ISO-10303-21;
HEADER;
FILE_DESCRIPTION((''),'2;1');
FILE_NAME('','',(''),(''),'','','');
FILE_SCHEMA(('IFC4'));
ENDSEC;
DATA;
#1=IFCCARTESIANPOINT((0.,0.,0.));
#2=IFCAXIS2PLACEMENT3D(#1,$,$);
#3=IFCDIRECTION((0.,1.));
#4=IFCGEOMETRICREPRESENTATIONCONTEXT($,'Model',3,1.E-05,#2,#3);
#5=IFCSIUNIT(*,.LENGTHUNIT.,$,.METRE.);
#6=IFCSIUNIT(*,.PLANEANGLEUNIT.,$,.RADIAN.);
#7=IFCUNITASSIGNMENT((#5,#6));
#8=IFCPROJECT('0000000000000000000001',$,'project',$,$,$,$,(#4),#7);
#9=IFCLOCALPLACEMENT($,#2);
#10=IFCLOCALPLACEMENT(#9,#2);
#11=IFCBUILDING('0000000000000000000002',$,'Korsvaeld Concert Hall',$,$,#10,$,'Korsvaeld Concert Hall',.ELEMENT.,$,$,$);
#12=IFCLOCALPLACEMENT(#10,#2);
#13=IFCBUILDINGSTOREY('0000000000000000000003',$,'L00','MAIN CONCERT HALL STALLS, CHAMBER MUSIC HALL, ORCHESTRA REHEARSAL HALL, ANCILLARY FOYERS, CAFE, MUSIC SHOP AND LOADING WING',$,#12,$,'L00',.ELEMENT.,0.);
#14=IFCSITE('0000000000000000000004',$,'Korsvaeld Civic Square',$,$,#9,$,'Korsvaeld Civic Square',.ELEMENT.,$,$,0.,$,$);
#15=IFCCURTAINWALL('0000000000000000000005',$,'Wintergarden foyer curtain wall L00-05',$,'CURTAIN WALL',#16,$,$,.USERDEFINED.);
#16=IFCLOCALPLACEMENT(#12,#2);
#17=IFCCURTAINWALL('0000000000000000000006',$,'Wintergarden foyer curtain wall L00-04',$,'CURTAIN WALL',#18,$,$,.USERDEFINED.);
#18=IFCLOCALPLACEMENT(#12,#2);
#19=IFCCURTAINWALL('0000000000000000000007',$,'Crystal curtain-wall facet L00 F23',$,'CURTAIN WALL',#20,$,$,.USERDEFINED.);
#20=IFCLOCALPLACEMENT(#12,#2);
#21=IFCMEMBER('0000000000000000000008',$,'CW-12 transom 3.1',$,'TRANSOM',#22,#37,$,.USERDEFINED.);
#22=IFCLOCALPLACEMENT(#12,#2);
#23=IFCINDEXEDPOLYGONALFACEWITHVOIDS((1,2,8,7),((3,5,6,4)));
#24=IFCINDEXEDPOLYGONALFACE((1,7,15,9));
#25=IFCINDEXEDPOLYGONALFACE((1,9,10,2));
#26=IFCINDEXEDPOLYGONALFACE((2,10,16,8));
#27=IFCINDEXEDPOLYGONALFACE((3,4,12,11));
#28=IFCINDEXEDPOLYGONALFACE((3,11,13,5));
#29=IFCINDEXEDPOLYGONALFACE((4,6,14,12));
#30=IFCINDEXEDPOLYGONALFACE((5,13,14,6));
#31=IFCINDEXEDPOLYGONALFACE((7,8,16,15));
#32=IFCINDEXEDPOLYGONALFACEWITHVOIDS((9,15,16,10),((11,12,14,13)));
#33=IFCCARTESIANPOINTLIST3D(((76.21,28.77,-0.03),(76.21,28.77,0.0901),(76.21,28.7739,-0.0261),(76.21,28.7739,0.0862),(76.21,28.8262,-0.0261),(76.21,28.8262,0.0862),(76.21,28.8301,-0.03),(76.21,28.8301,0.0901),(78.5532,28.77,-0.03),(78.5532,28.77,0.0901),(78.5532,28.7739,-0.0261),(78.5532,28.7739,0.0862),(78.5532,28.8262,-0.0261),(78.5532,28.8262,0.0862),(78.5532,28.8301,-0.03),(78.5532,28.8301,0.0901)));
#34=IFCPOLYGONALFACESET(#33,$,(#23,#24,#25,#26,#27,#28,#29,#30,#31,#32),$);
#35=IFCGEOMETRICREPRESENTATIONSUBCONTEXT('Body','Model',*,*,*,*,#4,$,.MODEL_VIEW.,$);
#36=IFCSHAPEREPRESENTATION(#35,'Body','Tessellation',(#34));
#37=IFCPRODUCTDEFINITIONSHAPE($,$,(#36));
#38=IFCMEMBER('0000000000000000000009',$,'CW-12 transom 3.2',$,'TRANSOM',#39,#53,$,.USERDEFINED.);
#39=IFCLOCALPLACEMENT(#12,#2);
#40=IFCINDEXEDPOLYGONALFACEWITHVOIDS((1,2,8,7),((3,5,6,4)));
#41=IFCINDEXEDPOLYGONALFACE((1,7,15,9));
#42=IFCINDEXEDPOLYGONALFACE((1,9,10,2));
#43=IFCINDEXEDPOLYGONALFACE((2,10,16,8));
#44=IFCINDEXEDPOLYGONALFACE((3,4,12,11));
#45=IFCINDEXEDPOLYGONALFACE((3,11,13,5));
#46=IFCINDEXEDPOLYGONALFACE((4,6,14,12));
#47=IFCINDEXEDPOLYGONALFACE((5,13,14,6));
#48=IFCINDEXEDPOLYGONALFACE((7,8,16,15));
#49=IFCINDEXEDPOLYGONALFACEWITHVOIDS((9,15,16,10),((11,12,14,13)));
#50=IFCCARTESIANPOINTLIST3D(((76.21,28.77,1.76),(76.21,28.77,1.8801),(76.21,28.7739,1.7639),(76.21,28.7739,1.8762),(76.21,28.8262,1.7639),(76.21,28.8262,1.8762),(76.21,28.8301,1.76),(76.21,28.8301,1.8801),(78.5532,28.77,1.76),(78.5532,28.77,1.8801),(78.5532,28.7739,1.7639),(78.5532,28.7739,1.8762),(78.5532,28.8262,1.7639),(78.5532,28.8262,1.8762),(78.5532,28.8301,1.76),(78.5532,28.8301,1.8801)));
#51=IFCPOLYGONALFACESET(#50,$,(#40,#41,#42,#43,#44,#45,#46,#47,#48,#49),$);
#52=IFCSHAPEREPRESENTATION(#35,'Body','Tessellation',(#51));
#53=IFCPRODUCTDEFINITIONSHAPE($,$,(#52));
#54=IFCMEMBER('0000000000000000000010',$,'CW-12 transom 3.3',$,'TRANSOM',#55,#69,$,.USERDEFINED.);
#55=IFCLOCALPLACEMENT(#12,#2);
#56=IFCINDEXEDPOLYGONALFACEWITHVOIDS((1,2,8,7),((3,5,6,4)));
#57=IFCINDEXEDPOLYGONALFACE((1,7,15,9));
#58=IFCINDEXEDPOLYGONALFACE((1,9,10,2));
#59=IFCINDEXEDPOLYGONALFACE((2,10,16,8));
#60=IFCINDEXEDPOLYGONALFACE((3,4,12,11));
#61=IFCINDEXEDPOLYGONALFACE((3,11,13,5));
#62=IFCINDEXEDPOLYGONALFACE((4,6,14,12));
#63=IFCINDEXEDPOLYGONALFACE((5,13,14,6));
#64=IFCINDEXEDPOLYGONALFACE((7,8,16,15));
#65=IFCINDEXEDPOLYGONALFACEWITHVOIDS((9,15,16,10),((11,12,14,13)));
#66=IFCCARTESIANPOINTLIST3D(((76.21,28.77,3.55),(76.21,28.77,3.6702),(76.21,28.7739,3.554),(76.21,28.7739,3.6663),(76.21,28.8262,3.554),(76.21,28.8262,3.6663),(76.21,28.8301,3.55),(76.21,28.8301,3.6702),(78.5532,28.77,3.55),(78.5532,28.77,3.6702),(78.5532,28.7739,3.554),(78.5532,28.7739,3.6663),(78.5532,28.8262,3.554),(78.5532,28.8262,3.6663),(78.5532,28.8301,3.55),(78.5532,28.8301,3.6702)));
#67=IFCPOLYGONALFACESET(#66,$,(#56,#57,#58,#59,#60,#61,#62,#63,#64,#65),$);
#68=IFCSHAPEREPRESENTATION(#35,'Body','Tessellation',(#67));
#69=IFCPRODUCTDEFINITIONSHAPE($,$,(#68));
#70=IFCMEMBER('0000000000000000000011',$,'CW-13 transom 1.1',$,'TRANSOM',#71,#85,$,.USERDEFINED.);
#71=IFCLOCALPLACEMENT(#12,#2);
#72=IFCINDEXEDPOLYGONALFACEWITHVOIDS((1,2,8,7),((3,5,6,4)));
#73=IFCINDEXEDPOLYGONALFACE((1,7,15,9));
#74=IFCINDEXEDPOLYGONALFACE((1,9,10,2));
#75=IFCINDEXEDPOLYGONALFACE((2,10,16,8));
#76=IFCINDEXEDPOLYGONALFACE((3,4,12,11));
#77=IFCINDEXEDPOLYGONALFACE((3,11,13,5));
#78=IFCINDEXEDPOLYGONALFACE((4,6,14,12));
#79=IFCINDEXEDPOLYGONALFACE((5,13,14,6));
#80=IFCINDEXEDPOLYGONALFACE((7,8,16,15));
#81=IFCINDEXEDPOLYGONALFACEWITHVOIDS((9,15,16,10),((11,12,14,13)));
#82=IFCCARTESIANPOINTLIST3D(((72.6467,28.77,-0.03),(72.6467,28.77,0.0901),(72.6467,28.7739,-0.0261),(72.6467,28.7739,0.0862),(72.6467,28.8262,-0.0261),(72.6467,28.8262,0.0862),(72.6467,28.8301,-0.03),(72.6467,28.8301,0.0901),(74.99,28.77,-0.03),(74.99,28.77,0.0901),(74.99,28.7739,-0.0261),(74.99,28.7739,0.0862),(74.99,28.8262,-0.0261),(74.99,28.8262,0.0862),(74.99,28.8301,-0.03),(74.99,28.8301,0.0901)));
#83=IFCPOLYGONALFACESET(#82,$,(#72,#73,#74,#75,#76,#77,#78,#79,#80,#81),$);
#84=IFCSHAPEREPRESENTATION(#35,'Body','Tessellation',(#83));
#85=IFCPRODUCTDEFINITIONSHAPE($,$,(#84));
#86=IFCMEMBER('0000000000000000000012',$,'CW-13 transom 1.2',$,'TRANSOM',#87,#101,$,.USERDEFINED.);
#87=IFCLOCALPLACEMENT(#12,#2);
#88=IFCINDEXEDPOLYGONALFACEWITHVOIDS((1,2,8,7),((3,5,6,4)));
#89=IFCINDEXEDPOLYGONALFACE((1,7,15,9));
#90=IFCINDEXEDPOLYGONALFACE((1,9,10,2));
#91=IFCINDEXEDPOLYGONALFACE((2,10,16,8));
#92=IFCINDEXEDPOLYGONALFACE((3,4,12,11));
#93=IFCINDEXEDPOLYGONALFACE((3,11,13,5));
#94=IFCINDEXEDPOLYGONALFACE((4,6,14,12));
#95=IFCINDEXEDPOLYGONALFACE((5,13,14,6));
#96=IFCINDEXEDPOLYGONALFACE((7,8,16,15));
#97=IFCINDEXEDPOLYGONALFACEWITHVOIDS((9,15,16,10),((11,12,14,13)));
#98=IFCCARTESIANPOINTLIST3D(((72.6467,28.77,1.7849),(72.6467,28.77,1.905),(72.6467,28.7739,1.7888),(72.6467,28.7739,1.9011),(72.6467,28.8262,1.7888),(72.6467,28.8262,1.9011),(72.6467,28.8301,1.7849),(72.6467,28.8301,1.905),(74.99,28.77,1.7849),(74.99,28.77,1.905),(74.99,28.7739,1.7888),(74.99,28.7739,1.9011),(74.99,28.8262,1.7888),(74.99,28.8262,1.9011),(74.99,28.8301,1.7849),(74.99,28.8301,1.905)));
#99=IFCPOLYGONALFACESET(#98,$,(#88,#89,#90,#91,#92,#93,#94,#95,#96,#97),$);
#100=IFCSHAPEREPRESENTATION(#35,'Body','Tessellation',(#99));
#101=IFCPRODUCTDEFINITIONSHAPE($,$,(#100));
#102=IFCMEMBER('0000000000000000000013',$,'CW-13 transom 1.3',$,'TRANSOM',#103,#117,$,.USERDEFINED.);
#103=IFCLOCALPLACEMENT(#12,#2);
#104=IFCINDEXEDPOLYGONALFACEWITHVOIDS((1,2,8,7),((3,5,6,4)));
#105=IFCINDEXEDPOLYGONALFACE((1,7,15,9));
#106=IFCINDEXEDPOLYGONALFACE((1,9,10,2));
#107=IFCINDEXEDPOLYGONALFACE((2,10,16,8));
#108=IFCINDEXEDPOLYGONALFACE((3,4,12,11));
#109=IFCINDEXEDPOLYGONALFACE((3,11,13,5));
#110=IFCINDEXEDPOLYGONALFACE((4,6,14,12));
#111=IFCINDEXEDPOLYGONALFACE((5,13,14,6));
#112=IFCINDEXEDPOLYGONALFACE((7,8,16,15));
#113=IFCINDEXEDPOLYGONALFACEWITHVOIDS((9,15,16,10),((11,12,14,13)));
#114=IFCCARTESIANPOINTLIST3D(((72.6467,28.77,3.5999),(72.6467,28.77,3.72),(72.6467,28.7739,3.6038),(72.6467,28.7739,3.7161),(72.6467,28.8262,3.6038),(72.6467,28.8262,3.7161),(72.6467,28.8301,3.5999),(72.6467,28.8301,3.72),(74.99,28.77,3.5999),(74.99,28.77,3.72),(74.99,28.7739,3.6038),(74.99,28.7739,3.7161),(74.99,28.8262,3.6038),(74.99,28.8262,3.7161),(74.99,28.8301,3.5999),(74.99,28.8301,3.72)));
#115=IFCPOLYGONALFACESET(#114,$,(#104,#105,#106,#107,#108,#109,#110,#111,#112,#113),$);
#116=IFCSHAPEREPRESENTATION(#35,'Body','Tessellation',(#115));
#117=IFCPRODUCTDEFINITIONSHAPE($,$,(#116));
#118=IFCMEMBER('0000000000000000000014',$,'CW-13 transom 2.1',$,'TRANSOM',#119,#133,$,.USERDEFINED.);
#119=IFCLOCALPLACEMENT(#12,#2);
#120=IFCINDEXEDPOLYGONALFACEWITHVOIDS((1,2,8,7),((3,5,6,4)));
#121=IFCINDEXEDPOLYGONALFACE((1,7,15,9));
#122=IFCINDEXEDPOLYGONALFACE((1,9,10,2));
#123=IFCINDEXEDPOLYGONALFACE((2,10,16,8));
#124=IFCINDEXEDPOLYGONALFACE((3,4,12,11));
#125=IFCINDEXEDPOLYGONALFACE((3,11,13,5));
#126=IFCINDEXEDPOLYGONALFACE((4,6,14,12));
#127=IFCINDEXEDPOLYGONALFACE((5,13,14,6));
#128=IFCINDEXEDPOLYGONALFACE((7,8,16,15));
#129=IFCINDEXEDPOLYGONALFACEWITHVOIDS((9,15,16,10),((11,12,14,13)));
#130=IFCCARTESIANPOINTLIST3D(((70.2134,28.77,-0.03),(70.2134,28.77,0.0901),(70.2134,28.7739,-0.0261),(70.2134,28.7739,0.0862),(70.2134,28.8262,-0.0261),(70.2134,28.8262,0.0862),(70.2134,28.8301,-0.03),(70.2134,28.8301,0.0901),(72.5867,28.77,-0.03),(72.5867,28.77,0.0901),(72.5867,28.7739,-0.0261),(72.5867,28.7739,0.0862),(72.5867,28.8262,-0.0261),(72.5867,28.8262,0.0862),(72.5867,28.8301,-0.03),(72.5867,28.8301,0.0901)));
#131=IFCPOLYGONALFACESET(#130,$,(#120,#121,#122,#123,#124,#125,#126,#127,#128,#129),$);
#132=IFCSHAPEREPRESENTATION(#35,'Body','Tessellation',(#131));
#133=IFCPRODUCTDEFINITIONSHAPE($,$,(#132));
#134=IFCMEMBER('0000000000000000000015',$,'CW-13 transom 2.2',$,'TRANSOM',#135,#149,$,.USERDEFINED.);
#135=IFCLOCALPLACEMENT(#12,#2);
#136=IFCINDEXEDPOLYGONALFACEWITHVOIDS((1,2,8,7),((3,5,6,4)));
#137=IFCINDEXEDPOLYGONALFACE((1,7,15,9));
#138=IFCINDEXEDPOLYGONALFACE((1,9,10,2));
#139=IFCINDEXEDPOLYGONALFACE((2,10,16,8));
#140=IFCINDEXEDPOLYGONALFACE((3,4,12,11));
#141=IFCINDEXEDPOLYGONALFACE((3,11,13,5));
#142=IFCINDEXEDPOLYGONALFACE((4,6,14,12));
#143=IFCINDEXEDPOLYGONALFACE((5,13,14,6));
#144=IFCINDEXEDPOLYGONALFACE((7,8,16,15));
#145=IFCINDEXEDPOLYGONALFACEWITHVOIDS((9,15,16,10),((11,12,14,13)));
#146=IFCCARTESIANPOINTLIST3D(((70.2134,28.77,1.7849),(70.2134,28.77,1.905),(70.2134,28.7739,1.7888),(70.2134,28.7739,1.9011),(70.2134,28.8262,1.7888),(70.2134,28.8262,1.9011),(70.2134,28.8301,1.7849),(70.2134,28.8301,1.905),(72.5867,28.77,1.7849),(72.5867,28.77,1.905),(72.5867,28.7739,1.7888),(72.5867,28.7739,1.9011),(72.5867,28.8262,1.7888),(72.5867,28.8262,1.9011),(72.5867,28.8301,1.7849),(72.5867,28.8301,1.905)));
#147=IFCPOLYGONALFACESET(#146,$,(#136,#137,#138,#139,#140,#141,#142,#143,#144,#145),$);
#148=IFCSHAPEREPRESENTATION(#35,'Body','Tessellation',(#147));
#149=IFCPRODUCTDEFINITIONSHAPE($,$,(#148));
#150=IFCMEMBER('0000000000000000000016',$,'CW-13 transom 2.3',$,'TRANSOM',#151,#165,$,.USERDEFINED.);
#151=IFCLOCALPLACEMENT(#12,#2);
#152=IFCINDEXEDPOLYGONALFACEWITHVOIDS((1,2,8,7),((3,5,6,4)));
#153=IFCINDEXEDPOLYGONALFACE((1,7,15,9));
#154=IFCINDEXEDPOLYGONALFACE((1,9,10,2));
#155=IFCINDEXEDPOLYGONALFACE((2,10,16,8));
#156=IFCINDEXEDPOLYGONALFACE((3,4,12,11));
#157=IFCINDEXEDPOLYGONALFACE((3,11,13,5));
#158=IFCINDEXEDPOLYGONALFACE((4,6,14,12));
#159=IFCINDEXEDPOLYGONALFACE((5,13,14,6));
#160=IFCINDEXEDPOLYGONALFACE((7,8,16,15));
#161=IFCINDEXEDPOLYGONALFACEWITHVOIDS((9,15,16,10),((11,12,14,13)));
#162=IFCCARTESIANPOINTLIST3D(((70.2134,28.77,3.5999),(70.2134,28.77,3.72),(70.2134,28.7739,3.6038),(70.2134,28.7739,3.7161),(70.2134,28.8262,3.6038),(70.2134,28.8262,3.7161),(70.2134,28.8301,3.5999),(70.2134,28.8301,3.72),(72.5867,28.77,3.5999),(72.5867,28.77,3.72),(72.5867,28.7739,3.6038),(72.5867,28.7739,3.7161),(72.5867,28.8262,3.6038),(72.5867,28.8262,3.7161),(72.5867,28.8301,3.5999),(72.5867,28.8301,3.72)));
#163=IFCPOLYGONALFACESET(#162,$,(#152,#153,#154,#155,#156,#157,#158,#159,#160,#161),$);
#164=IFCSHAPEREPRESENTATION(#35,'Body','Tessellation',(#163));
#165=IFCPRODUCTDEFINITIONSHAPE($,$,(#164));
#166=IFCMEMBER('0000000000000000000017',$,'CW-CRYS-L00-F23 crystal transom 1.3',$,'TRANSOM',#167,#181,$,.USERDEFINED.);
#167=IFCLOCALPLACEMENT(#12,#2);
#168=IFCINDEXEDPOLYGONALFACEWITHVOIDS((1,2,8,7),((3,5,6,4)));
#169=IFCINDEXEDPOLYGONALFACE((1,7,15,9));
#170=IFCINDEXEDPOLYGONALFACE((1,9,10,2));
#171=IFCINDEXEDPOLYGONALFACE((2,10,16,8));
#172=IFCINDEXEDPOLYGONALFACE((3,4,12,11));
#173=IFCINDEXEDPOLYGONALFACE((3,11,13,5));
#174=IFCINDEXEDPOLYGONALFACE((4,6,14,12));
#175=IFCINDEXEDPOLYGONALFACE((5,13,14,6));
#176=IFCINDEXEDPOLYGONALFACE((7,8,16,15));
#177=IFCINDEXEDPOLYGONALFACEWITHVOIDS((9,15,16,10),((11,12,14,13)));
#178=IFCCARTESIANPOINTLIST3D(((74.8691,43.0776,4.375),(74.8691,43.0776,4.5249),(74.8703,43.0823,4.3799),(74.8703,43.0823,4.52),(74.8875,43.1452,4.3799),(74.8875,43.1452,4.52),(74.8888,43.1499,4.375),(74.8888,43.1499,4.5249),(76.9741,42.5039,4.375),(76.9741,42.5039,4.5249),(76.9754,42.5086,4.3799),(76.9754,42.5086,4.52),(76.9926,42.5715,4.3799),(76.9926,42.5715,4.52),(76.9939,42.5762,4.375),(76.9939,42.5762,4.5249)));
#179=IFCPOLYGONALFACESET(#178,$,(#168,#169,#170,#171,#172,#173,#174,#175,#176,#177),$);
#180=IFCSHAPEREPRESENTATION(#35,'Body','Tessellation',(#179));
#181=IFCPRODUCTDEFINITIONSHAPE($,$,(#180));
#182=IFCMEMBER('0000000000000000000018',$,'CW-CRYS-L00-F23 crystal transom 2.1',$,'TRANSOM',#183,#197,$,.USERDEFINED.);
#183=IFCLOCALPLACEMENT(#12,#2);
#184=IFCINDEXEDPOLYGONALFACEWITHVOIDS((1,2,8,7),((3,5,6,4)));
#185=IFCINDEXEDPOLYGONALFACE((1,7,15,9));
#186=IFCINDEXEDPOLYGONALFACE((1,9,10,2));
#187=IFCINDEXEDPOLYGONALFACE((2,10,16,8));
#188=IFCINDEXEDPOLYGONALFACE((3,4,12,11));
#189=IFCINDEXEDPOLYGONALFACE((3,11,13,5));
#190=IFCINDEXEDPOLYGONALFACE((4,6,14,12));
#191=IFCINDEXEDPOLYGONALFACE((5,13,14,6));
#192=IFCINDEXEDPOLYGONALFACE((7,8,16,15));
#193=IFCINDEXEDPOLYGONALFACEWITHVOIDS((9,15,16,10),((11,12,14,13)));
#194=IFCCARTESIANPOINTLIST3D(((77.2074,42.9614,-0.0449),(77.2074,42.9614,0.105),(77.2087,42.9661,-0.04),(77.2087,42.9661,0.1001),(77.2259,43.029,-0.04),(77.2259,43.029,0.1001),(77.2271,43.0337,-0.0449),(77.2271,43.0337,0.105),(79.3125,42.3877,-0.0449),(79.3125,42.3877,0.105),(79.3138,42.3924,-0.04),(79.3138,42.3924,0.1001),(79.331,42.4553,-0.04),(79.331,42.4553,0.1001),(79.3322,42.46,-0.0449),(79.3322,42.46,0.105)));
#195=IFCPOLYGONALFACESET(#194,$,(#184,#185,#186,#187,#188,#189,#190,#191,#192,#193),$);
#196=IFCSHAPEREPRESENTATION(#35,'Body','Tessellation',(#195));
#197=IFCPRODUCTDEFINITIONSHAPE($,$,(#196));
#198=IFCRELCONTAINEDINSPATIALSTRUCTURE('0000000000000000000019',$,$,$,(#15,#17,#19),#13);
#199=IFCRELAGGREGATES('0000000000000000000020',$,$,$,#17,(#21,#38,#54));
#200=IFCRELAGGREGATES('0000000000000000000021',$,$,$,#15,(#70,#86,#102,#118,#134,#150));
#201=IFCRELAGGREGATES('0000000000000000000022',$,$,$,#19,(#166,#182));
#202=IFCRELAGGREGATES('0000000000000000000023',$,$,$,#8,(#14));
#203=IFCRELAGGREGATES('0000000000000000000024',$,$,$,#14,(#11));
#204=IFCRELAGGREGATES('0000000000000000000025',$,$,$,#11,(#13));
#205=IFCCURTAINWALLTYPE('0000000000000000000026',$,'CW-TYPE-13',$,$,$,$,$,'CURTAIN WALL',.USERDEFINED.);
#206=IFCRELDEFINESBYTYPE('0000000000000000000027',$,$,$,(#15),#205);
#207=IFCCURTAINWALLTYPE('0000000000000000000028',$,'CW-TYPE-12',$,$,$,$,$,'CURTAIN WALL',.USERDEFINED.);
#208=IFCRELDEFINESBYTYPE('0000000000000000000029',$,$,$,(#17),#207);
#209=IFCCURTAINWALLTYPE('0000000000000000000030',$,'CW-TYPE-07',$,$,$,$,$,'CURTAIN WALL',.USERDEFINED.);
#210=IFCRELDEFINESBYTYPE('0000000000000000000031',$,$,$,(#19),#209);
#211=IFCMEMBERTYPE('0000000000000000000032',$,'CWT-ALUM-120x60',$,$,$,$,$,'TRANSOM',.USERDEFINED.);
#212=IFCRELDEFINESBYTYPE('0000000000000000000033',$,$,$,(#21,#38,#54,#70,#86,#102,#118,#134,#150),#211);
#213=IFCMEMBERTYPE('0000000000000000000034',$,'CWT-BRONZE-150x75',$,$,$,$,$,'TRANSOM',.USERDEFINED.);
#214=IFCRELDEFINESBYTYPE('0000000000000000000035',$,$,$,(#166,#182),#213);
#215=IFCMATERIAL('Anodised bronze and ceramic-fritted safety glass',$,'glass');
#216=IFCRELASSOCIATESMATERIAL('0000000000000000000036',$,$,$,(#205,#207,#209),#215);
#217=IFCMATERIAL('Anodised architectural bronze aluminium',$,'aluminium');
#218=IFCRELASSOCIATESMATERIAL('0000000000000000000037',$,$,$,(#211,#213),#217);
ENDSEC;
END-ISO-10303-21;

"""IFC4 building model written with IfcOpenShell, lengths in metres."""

from ifc_helpers import new_model, si_unit, direction, frame, origin, origin_2d, place, context, subcontext, project, spatial, hollow_rectangle, extrude, material, material_profile, profile_set, type_object, element, aggregate, save


model = new_model("IFC4")

# Units and contexts
model_context = context("Model", 3, precision=1e-05, world=origin(), true_north=direction((0.0, 1.0)))
body_context = subcontext(model_context, "Body", "Model", "MODEL_VIEW")
ifc_project = project(units=[si_unit("LENGTHUNIT", "METRE"), si_unit("PLANEANGLEUNIT", "RADIAN")], contexts=[model_context])

# Site, building, storey
site_placement = place(None, origin())
site = spatial("IfcSite", under=ifc_project, at=site_placement, Name="Korsvaeld Civic Square", LongName="Korsvaeld Civic Square", CompositionType="ELEMENT", RefElevation=0.0)
building_placement = place(site_placement, origin())
building = spatial("IfcBuilding", under=site, at=building_placement, Name="Korsvaeld Concert Hall", LongName="Korsvaeld Concert Hall", CompositionType="ELEMENT")
storey_placement = place(building_placement, origin())
storey = spatial("IfcBuildingStorey", under=building, at=storey_placement, Name="L00", Description="MAIN CONCERT HALL STALLS, CHAMBER MUSIC HALL, ORCHESTRA REHEARSAL HALL, ANCILLARY FOYERS, CAFE, MUSIC SHOP AND LOADING WING", LongName="L00", CompositionType="ELEMENT", Elevation=0.0)

# Curtain walls
ifc_material_1 = material(Name="Anodised bronze and ceramic-fritted safety glass", Category="glass")
curtain_wall_type_1 = type_object("IfcCurtainWallType", Name="CW-TYPE-13", ElementType="CURTAIN WALL", PredefinedType="USERDEFINED", material=ifc_material_1)
curtain_wall_1_placement = place(storey_placement, origin())
curtain_wall_1 = element("IfcCurtainWall", 1, at=curtain_wall_1_placement, inside=storey, type_object=curtain_wall_type_1, Name="Wintergarden foyer curtain wall L00-05", ObjectType="CURTAIN WALL", PredefinedType="USERDEFINED")
ifc_material_2 = material(Name="Anodised architectural bronze aluminium", Category="aluminium")
curtain_wall_type_2 = type_object("IfcCurtainWallType", Name="CW-TYPE-12", ElementType="CURTAIN WALL", PredefinedType="USERDEFINED", material=ifc_material_1)
curtain_wall_2_placement = place(storey_placement, origin())
curtain_wall_2 = element("IfcCurtainWall", 2, at=curtain_wall_2_placement, inside=storey, type_object=curtain_wall_type_2, Name="Wintergarden foyer curtain wall L00-04", ObjectType="CURTAIN WALL", PredefinedType="USERDEFINED")
curtain_wall_type_3 = type_object("IfcCurtainWallType", Name="CW-TYPE-07", ElementType="CURTAIN WALL", PredefinedType="USERDEFINED", material=ifc_material_1)
curtain_wall_3_placement = place(storey_placement, origin())
curtain_wall_3 = element("IfcCurtainWall", 3, at=curtain_wall_3_placement, inside=storey, type_object=curtain_wall_type_3, Name="Crystal curtain-wall facet L00 F23", ObjectType="CURTAIN WALL", PredefinedType="USERDEFINED")

# Members
ifc_material_profile_1 = material_profile(ifc_material_2, hollow_rectangle(XDim=0.0601, YDim=0.1201, WallThickness=0.0039, at=origin_2d()), Name="CWT 120x60x4")
ifc_profile_set_1 = profile_set([ifc_material_profile_1], Name="Anodised architectural bronze aluminium")
member_type_1 = type_object("IfcMemberType", Name="CWT-ALUM-120x60", ElementType="TRANSOM", PredefinedType="USERDEFINED", material=ifc_profile_set_1)
member_1_placement = place(storey_placement, frame((78.5532, 28.8, 0.03), z_axis=(-1.0, 0.0, 0.0), x_axis=(0.0, -1.0, 0.0)))
member_1 = element("IfcMember", 4, at=member_1_placement, type_object=member_type_1, Name="CW-12 transom 3.1", ObjectType="TRANSOM", PredefinedType="USERDEFINED", context=body_context, shape_type="SweptSolid", body=[
    extrude(hollow_rectangle(XDim=0.0601, YDim=0.1201, WallThickness=0.0039, at=origin_2d()), origin(), (0.0, 0.0, 1.0), 2.3433),
])
member_2_placement = place(storey_placement, frame((78.5532, 28.8, 1.8201), z_axis=(-1.0, 0.0, 0.0), x_axis=(0.0, -1.0, 0.0)))
member_2 = element("IfcMember", 5, at=member_2_placement, type_object=member_type_1, Name="CW-12 transom 3.2", ObjectType="TRANSOM", PredefinedType="USERDEFINED", context=body_context, shape_type="SweptSolid", body=[
    extrude(hollow_rectangle(XDim=0.0601, YDim=0.1201, WallThickness=0.0039, at=origin_2d()), origin(), (0.0, 0.0, 1.0), 2.3433),
])
member_3_placement = place(storey_placement, frame((78.5532, 28.8, 3.6101), z_axis=(-1.0, 0.0, 0.0), x_axis=(0.0, -1.0, 0.0)))
member_3 = element("IfcMember", 6, at=member_3_placement, type_object=member_type_1, Name="CW-12 transom 3.3", ObjectType="TRANSOM", PredefinedType="USERDEFINED", context=body_context, shape_type="SweptSolid", body=[
    extrude(hollow_rectangle(XDim=0.0601, YDim=0.1201, WallThickness=0.0039, at=origin_2d()), origin(), (0.0, 0.0, 1.0), 2.3433),
])
member_4_placement = place(storey_placement, frame((74.99, 28.8, 0.03), z_axis=(-1.0, 0.0, 0.0), x_axis=(0.0, -1.0, 0.0)))
member_4 = element("IfcMember", 7, at=member_4_placement, type_object=member_type_1, Name="CW-13 transom 1.1", ObjectType="TRANSOM", PredefinedType="USERDEFINED", context=body_context, shape_type="SweptSolid", body=[
    extrude(hollow_rectangle(XDim=0.0601, YDim=0.1201, WallThickness=0.0039, at=origin_2d()), origin(), (0.0, 0.0, 1.0), 2.3433),
])
member_5_placement = place(storey_placement, frame((74.99, 28.8, 1.845), z_axis=(-1.0, 0.0, 0.0), x_axis=(0.0, -1.0, 0.0)))
member_5 = element("IfcMember", 8, at=member_5_placement, type_object=member_type_1, Name="CW-13 transom 1.2", ObjectType="TRANSOM", PredefinedType="USERDEFINED", context=body_context, shape_type="SweptSolid", body=[
    extrude(hollow_rectangle(XDim=0.0601, YDim=0.1201, WallThickness=0.0039, at=origin_2d()), origin(), (0.0, 0.0, 1.0), 2.3433),
])
member_6_placement = place(storey_placement, frame((74.99, 28.8, 3.6599), z_axis=(-1.0, 0.0, 0.0), x_axis=(0.0, -1.0, 0.0)))
member_6 = element("IfcMember", 9, at=member_6_placement, type_object=member_type_1, Name="CW-13 transom 1.3", ObjectType="TRANSOM", PredefinedType="USERDEFINED", context=body_context, shape_type="SweptSolid", body=[
    extrude(hollow_rectangle(XDim=0.0601, YDim=0.1201, WallThickness=0.0039, at=origin_2d()), origin(), (0.0, 0.0, 1.0), 2.3433),
])
member_7_placement = place(storey_placement, frame((72.5867, 28.8, 0.03), z_axis=(-1.0, 0.0, 0.0), x_axis=(0.0, -1.0, 0.0)))
member_7 = element("IfcMember", 10, at=member_7_placement, type_object=member_type_1, Name="CW-13 transom 2.1", ObjectType="TRANSOM", PredefinedType="USERDEFINED", context=body_context, shape_type="SweptSolid", body=[
    extrude(hollow_rectangle(XDim=0.0601, YDim=0.1201, WallThickness=0.0039, at=origin_2d()), origin(), (0.0, 0.0, 1.0), 2.3733),
])
member_8_placement = place(storey_placement, frame((72.5867, 28.8, 1.845), z_axis=(-1.0, 0.0, 0.0), x_axis=(0.0, -1.0, 0.0)))
member_8 = element("IfcMember", 11, at=member_8_placement, type_object=member_type_1, Name="CW-13 transom 2.2", ObjectType="TRANSOM", PredefinedType="USERDEFINED", context=body_context, shape_type="SweptSolid", body=[
    extrude(hollow_rectangle(XDim=0.0601, YDim=0.1201, WallThickness=0.0039, at=origin_2d()), origin(), (0.0, 0.0, 1.0), 2.3733),
])
member_9_placement = place(storey_placement, frame((72.5867, 28.8, 3.6599), z_axis=(-1.0, 0.0, 0.0), x_axis=(0.0, -1.0, 0.0)))
member_9 = element("IfcMember", 12, at=member_9_placement, type_object=member_type_1, Name="CW-13 transom 2.3", ObjectType="TRANSOM", PredefinedType="USERDEFINED", context=body_context, shape_type="SweptSolid", body=[
    extrude(hollow_rectangle(XDim=0.0601, YDim=0.1201, WallThickness=0.0039, at=origin_2d()), origin(), (0.0, 0.0, 1.0), 2.3733),
])
ifc_material_profile_2 = material_profile(ifc_material_2, hollow_rectangle(XDim=0.075, YDim=0.1499, WallThickness=0.0049, at=origin_2d()), Name="CWT 150x75x5")
ifc_profile_set_2 = profile_set([ifc_material_profile_2], Name="Anodised architectural bronze aluminium")
member_type_2 = type_object("IfcMemberType", Name="CWT-BRONZE-150x75", ElementType="TRANSOM", PredefinedType="USERDEFINED", material=ifc_profile_set_2)
member_10_placement = place(storey_placement, frame((74.8789, 43.1138, 4.45), z_axis=(0.964805, -0.262966, 0.0), x_axis=(0.262966, 0.964805, 0.0)))
member_10 = element("IfcMember", 13, at=member_10_placement, type_object=member_type_2, Name="CW-CRYS-L00-F23 crystal transom 1.3", ObjectType="TRANSOM", PredefinedType="USERDEFINED", context=body_context, shape_type="SweptSolid", body=[
    extrude(hollow_rectangle(XDim=0.075, YDim=0.1499, WallThickness=0.0049, at=origin_2d()), origin(), (0.0, 0.0, 1.0), 2.1819),
])
member_11_placement = place(storey_placement, frame((77.2173, 42.9976, 0.03), z_axis=(0.964813, -0.262938, 0.0), x_axis=(0.262938, 0.964813, 0.0)))
member_11 = element("IfcMember", 14, at=member_11_placement, type_object=member_type_2, Name="CW-CRYS-L00-F23 crystal transom 2.1", ObjectType="TRANSOM", PredefinedType="USERDEFINED", context=body_context, shape_type="SweptSolid", body=[
    extrude(hollow_rectangle(XDim=0.075, YDim=0.1499, WallThickness=0.0049, at=origin_2d()), origin(), (0.0, 0.0, 1.0), 2.1819),
])

aggregate(curtain_wall_2, [member_1, member_2, member_3])
aggregate(curtain_wall_1, [member_4, member_5, member_6, member_7, member_8, member_9])
aggregate(curtain_wall_3, [member_10, member_11])

save(model, "model.ifc")
